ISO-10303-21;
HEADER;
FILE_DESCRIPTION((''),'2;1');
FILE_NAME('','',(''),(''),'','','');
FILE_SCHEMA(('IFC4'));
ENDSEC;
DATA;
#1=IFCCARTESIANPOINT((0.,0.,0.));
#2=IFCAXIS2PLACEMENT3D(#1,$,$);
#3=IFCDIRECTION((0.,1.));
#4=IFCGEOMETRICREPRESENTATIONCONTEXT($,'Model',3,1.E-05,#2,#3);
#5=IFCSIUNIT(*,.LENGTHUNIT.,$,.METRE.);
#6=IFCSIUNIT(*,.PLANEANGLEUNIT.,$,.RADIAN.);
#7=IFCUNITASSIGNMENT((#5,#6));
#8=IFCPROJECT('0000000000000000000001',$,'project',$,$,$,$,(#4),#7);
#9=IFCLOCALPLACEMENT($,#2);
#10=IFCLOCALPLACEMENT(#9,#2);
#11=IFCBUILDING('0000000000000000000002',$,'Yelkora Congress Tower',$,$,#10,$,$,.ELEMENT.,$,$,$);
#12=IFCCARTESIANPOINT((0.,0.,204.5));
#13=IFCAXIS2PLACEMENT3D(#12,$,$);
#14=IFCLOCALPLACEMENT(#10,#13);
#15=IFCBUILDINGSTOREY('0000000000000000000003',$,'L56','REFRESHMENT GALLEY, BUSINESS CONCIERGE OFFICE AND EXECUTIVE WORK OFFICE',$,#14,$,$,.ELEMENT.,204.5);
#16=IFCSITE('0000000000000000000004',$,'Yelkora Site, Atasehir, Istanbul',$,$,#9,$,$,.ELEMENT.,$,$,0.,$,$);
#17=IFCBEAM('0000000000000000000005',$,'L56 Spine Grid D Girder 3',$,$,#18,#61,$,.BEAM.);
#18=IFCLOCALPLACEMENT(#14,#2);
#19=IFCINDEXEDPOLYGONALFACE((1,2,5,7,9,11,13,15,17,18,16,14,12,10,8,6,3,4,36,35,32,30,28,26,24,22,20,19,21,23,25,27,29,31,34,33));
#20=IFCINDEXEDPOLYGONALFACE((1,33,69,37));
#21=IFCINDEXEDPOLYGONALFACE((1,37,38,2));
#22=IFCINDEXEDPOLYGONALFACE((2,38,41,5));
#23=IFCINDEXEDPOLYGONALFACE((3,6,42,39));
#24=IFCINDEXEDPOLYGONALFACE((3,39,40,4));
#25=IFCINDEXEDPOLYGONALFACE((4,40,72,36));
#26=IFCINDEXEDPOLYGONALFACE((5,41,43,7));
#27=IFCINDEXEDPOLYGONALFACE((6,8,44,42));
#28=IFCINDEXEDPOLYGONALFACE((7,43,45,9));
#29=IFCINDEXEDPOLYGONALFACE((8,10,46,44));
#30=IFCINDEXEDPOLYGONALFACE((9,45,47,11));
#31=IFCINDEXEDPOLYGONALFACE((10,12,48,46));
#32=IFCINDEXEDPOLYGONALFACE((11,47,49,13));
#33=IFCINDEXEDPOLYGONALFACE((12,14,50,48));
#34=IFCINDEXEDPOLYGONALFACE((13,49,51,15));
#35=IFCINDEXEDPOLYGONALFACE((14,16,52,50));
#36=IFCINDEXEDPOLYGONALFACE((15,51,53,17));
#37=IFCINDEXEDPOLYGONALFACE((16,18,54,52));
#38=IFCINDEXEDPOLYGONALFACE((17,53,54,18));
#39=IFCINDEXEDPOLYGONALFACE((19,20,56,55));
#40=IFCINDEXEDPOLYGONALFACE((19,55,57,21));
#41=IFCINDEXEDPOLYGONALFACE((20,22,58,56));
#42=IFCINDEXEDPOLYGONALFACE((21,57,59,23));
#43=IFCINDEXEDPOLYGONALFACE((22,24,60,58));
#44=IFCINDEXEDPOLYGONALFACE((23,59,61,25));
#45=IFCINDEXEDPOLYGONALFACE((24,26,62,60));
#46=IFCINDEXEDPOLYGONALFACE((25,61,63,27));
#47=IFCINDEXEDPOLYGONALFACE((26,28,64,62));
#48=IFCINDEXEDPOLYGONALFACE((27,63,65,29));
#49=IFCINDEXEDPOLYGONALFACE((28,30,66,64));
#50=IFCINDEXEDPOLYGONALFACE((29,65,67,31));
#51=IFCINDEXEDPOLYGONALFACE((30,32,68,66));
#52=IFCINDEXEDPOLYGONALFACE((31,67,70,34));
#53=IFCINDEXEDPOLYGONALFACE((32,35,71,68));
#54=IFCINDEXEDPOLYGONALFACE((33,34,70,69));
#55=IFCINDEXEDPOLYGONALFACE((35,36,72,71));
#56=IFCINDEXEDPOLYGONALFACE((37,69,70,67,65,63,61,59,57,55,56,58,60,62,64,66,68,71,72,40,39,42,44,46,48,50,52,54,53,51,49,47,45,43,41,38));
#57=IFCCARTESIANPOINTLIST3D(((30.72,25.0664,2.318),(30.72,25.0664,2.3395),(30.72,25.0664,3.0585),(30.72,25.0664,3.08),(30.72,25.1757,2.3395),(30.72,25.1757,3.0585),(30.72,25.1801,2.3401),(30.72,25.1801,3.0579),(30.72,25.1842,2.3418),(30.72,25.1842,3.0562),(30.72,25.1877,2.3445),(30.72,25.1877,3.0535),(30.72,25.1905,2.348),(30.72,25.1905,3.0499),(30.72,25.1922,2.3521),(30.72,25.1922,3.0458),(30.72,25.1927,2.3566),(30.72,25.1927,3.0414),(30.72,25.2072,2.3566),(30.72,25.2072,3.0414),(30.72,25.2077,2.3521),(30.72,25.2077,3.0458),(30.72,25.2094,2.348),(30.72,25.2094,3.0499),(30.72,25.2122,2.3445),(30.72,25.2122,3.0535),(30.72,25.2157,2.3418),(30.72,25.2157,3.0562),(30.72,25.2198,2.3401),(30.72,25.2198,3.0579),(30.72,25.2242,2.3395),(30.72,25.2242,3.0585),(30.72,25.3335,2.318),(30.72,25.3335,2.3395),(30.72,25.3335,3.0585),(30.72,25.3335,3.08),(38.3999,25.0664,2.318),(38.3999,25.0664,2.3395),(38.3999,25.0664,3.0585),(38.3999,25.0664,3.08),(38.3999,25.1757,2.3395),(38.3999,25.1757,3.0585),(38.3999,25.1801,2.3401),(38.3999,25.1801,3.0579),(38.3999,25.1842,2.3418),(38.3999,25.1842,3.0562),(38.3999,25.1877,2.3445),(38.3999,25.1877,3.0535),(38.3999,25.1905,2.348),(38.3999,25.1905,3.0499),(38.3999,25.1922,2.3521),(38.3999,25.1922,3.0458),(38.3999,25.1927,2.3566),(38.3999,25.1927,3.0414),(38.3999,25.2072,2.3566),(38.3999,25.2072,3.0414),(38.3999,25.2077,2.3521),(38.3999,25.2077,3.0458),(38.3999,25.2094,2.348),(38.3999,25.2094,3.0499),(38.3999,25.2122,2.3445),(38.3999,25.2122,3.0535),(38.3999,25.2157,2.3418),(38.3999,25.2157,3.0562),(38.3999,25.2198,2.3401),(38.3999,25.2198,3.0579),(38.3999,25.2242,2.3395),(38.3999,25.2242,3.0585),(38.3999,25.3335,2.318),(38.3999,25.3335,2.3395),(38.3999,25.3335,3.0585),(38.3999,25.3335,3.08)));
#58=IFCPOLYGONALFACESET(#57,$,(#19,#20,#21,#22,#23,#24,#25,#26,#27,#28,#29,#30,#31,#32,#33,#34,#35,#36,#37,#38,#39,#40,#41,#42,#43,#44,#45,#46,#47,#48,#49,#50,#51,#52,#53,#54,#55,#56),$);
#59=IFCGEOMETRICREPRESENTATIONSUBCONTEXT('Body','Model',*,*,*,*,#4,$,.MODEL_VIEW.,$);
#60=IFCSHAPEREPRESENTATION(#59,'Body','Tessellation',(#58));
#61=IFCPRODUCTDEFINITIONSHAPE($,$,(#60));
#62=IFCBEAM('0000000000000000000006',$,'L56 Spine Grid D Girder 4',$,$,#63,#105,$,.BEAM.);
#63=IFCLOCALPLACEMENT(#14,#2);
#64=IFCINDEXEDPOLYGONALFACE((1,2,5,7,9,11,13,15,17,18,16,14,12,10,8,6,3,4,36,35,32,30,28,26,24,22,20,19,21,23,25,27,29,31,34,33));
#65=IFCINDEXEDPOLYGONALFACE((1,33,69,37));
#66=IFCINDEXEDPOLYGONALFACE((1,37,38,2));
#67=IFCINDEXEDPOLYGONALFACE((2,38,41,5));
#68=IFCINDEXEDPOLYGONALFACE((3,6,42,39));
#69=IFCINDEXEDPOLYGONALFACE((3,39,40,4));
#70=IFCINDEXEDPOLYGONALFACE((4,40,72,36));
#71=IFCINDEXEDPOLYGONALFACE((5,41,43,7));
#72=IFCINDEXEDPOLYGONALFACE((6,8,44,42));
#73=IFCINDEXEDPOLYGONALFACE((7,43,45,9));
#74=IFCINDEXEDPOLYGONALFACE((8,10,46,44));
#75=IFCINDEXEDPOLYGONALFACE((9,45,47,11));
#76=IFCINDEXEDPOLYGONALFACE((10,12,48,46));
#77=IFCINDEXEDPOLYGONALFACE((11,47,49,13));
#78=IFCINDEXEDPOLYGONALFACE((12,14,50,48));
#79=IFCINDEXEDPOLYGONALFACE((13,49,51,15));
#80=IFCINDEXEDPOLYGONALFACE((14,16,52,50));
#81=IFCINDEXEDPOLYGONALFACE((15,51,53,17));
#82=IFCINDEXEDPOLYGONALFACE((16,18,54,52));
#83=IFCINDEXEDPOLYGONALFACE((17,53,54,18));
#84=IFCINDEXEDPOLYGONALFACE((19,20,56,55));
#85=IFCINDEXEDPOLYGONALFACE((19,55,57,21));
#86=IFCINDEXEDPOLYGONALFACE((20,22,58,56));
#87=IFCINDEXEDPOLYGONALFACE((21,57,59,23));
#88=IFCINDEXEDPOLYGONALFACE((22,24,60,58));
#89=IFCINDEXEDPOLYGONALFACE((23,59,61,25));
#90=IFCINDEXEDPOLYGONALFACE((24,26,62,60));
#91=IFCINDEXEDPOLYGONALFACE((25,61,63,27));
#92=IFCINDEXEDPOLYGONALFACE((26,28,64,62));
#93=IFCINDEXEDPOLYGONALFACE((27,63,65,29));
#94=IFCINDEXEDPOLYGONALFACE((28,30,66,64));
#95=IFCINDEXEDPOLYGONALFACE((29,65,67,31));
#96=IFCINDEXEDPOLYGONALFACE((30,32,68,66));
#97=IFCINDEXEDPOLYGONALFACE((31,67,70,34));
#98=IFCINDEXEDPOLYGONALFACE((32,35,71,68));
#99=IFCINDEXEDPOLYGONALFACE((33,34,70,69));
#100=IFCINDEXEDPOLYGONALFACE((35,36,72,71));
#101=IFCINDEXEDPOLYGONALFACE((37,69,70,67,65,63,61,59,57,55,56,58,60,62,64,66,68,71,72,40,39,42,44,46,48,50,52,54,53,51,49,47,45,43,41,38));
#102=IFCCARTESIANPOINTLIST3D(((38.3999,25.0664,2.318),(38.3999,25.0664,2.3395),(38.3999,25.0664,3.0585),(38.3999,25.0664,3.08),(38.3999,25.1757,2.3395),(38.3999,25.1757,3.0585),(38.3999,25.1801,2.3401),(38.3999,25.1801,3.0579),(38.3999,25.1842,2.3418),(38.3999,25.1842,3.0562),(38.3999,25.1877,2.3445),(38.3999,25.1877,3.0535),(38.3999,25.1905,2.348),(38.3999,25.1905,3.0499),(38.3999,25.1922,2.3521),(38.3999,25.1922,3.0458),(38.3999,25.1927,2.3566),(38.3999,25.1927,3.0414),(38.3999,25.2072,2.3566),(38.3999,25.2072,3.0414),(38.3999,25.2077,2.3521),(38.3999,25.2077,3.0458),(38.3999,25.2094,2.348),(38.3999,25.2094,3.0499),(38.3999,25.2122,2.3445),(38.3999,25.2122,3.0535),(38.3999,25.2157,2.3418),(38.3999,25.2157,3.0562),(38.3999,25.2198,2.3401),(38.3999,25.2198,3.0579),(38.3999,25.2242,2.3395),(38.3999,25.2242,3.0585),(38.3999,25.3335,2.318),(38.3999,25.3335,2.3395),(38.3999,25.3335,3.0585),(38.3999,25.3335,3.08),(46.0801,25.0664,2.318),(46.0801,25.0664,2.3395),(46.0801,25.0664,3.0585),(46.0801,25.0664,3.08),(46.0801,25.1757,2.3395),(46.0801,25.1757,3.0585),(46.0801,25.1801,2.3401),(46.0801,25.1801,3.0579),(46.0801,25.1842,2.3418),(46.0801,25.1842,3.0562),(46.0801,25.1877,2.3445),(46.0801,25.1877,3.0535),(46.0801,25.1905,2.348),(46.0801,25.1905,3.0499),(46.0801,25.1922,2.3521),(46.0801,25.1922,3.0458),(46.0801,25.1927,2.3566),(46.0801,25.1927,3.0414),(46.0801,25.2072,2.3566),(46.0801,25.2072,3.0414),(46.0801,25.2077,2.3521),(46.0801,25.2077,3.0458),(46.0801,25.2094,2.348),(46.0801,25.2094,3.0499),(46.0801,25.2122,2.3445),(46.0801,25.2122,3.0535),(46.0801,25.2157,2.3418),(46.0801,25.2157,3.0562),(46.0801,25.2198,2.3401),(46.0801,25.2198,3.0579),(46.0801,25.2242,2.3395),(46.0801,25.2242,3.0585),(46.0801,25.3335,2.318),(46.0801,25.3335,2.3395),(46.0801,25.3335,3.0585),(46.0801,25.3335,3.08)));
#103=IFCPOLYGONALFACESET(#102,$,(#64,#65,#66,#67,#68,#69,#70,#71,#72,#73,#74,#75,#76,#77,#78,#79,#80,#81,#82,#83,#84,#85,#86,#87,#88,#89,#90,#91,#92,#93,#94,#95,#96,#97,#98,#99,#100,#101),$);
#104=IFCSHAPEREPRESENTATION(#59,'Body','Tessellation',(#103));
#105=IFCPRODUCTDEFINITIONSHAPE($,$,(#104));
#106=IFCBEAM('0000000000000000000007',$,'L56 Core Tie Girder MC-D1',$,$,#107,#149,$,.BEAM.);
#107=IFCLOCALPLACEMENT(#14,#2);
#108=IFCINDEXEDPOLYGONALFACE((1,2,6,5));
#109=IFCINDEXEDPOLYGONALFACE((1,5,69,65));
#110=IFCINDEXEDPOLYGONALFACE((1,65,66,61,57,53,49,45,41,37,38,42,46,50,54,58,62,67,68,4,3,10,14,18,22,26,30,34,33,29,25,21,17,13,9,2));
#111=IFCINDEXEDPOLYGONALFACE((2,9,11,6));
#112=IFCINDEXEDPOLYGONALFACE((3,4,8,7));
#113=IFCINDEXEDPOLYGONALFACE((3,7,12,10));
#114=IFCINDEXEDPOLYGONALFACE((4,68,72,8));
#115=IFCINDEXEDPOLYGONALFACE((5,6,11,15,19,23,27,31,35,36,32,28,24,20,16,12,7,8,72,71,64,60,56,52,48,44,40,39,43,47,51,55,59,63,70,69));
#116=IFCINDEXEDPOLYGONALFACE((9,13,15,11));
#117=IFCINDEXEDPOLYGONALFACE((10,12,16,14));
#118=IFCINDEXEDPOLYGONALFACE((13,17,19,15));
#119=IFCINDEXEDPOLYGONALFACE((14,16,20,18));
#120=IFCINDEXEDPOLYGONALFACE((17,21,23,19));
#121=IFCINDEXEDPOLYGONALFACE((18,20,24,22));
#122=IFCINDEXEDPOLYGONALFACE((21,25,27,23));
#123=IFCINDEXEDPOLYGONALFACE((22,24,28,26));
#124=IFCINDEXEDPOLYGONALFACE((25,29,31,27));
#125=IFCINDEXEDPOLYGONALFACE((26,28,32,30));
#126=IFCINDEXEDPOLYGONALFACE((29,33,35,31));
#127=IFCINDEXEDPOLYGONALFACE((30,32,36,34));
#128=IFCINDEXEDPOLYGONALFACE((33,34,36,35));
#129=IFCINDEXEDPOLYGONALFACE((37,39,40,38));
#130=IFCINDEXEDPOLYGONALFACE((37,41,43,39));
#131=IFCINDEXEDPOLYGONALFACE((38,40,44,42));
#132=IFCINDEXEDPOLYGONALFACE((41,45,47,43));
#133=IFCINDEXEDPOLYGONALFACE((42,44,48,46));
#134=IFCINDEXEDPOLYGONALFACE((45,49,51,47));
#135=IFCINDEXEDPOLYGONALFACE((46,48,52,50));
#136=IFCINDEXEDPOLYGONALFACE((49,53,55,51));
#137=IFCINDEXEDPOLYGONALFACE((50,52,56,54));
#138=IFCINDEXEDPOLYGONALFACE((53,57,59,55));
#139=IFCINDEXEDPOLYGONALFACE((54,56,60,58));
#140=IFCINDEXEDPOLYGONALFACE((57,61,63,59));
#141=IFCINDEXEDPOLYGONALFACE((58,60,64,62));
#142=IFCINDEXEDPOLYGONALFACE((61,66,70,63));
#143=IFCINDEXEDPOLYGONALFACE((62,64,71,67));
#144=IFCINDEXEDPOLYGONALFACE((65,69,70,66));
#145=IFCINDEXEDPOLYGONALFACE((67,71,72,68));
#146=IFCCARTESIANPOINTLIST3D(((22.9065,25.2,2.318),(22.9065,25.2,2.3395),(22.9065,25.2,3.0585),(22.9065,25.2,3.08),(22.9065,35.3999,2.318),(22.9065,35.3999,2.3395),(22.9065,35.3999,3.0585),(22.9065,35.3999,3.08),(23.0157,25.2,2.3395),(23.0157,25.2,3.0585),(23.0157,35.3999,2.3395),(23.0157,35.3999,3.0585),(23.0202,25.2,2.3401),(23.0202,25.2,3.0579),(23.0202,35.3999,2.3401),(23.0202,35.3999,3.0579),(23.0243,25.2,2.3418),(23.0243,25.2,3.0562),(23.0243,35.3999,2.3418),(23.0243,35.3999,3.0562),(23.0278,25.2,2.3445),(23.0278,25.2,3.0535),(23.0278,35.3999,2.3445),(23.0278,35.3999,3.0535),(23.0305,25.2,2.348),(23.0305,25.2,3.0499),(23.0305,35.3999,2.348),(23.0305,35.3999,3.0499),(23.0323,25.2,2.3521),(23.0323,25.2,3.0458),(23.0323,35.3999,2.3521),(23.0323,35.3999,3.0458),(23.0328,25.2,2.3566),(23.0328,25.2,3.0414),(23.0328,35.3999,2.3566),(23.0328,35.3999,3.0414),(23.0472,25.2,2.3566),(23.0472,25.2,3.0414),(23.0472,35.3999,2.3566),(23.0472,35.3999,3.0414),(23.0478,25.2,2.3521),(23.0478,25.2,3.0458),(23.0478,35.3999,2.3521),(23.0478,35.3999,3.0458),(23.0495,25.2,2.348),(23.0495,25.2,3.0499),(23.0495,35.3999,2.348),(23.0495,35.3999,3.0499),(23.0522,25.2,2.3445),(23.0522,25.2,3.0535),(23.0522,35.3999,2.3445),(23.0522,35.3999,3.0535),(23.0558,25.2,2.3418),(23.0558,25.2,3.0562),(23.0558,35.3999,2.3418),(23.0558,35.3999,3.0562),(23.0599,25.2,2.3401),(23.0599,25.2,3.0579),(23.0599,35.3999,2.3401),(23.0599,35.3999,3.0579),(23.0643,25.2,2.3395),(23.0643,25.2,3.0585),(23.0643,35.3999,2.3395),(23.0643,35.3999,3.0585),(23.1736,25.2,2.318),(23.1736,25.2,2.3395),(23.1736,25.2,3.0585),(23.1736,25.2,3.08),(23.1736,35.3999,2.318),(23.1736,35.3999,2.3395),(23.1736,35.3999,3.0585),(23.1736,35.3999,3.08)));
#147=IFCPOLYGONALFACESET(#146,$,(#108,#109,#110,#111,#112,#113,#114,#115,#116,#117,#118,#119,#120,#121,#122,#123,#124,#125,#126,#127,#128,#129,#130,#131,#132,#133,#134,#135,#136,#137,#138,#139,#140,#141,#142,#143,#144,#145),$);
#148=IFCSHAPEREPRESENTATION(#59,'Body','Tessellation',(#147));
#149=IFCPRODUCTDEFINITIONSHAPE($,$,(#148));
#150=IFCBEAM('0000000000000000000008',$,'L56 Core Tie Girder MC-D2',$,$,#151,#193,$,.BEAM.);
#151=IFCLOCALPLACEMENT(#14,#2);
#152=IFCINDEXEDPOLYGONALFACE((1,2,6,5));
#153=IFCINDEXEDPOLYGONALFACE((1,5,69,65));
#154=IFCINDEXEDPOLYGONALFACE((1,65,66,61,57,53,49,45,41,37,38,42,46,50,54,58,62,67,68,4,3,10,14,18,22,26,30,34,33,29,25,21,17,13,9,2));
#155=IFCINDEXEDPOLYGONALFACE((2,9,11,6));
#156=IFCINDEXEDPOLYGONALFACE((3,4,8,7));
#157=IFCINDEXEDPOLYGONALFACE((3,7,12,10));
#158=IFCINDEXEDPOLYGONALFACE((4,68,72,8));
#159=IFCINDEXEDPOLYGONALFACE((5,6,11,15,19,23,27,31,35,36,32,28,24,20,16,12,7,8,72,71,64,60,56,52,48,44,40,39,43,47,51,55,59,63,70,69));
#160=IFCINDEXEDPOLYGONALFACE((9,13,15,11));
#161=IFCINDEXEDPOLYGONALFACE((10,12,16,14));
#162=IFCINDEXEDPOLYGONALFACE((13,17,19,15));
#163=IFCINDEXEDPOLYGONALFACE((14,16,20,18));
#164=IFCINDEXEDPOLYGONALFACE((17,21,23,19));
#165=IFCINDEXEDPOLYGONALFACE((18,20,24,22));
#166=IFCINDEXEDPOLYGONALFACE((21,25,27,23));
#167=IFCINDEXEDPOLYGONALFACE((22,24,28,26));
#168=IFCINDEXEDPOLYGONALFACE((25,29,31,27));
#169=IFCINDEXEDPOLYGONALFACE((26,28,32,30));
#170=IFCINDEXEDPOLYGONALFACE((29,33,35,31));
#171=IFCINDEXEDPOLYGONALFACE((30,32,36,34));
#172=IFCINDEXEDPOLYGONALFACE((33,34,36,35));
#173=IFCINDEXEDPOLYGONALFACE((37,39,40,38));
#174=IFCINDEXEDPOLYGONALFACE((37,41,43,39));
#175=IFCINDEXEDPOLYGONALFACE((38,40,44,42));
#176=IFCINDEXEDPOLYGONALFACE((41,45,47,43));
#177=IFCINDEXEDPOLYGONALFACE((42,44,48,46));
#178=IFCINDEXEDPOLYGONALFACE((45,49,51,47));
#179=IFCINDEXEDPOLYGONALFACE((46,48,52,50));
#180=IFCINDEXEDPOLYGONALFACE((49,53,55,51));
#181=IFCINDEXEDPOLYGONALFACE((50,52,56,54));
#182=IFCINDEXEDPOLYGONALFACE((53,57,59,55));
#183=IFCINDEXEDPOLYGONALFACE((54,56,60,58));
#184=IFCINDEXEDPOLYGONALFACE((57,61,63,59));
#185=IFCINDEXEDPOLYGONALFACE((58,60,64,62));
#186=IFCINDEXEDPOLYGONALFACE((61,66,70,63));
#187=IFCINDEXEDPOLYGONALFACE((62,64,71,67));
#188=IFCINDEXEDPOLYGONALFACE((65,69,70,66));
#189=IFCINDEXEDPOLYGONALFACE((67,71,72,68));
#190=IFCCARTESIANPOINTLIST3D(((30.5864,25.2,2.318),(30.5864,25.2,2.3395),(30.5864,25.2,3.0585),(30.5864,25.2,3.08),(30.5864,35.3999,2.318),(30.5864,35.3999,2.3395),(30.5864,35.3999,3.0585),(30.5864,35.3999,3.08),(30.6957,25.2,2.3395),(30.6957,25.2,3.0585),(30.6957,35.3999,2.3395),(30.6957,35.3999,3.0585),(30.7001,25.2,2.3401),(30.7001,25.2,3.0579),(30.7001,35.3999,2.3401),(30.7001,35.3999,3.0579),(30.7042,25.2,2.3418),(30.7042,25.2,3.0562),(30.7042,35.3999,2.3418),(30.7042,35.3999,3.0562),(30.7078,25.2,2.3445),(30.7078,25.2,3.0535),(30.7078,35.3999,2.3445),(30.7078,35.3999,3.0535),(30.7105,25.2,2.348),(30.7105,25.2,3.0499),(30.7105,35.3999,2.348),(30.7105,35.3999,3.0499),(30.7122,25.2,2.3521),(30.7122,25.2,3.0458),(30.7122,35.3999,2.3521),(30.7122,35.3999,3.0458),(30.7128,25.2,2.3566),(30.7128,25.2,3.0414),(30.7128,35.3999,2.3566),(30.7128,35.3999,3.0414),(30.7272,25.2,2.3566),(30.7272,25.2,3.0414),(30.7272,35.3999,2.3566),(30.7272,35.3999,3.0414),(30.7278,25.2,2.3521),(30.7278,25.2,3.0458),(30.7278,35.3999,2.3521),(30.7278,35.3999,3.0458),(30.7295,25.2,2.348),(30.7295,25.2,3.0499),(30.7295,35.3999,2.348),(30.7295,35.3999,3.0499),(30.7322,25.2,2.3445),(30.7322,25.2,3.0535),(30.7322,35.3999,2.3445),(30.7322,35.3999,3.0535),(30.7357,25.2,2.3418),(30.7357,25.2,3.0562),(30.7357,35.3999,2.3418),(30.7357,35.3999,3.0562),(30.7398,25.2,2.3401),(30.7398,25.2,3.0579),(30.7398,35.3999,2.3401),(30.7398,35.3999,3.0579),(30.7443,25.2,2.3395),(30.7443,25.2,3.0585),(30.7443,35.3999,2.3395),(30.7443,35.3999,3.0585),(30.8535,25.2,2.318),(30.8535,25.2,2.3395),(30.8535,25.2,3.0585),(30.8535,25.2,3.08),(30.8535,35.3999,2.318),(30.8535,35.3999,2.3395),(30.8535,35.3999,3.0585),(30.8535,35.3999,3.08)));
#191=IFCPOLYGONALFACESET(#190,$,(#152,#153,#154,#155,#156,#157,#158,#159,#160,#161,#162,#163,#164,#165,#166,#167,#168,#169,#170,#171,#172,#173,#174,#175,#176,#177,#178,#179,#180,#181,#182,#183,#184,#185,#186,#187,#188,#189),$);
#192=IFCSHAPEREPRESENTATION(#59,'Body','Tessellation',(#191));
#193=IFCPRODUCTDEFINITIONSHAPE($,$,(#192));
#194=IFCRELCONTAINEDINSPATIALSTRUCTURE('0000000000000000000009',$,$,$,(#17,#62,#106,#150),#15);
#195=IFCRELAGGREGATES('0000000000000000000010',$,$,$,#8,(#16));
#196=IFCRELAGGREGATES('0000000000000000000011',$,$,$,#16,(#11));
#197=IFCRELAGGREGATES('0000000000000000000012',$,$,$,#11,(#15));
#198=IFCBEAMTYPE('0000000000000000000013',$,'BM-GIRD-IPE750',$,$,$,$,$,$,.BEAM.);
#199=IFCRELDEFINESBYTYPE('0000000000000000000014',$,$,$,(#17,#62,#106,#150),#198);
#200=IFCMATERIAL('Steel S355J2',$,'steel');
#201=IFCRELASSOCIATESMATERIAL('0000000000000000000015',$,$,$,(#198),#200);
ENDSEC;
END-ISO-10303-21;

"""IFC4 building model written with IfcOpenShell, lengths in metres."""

from ifc_helpers import new_model, si_unit, direction, frame, origin, origin_2d, place, context, subcontext, project, spatial, i_section, extrude, material, material_profile, profile_set, type_object, element, save


model = new_model("IFC4")

# Units and contexts
model_context = context("Model", 3, precision=1e-05, world=origin(), true_north=direction((0.0, 1.0)))
body_context = subcontext(model_context, "Body", "Model", "MODEL_VIEW")
ifc_project = project(units=[si_unit("LENGTHUNIT", "METRE"), si_unit("PLANEANGLEUNIT", "RADIAN")], contexts=[model_context])

# Site, building, storey
site_placement = place(None, origin())
site = spatial("IfcSite", under=ifc_project, at=site_placement, Name="Yelkora Site, Atasehir, Istanbul", CompositionType="ELEMENT", RefElevation=0.0)
building_placement = place(site_placement, origin())
building = spatial("IfcBuilding", under=site, at=building_placement, Name="Yelkora Congress Tower", CompositionType="ELEMENT")
storey_placement = place(building_placement, frame((0.0, 0.0, 204.5)))
storey = spatial("IfcBuildingStorey", under=building, at=storey_placement, Name="L56", Description="REFRESHMENT GALLEY, BUSINESS CONCIERGE OFFICE AND EXECUTIVE WORK OFFICE", CompositionType="ELEMENT", Elevation=204.5)

# Beams
ifc_material_1 = material(Name="Steel S355J2", Category="steel")
ifc_material_profile_1 = material_profile(ifc_material_1, i_section(OverallWidth=0.2671, OverallDepth=0.762, WebThickness=0.0144, FlangeThickness=0.0215, FilletRadius=0.0171, at=origin_2d()), Name="IPE 750x173")
ifc_profile_set_1 = profile_set([ifc_material_profile_1], Name="Steel S355J2")
beam_type_1 = type_object("IfcBeamType", Name="BM-GIRD-IPE750", PredefinedType="BEAM", material=ifc_profile_set_1)
for number, where, z_axis, x_axis, name in (
    (1, (30.72, 25.2, 2.699), (1.0, 0.0, 0.0), (0.0, 1.0, 0.0), "L56 Spine Grid D Girder 3"),
):
    element("IfcBeam", number, at=place(storey_placement, frame(where, z_axis=z_axis, x_axis=x_axis)), inside=storey, type_object=beam_type_1, Name=name, PredefinedType="BEAM", context=body_context, shape_type="SweptSolid", body=[
        extrude(i_section(OverallWidth=0.2671, OverallDepth=0.762, WebThickness=0.0144, FlangeThickness=0.0215, FilletRadius=0.0171, at=origin_2d()), origin(), (0.0, 0.0, 1.0), 7.6799),
    ])
beam_1_placement = place(storey_placement, frame((38.3999, 25.2, 2.699), z_axis=(1.0, 0.0, 0.0), x_axis=(0.0, 1.0, 0.0)))
element("IfcBeam", 2, at=beam_1_placement, inside=storey, type_object=beam_type_1, Name="L56 Spine Grid D Girder 4", PredefinedType="BEAM", context=body_context, shape_type="SweptSolid", body=[
    extrude(i_section(OverallWidth=0.2671, OverallDepth=0.762, WebThickness=0.0144, FlangeThickness=0.0215, FilletRadius=0.0171, at=origin_2d()), origin(), (0.0, 0.0, 1.0), 7.6802),
])
for number, where, z_axis, x_axis, name in (
    (3, (23.04, 25.2, 2.699), (0.0, 1.0, 0.0), (-1.0, 0.0, 0.0), "L56 Core Tie Girder MC-D1"),
    (4, (30.72, 25.2, 2.699), (0.0, 1.0, 0.0), (-1.0, 0.0, 0.0), "L56 Core Tie Girder MC-D2"),
):
    element("IfcBeam", number, at=place(storey_placement, frame(where, z_axis=z_axis, x_axis=x_axis)), inside=storey, type_object=beam_type_1, Name=name, PredefinedType="BEAM", context=body_context, shape_type="SweptSolid", body=[
        extrude(i_section(OverallWidth=0.2671, OverallDepth=0.762, WebThickness=0.0144, FlangeThickness=0.0215, FilletRadius=0.0171, at=origin_2d()), origin(), (0.0, 0.0, 1.0), 10.2),
    ])

save(model, "model.ifc")
